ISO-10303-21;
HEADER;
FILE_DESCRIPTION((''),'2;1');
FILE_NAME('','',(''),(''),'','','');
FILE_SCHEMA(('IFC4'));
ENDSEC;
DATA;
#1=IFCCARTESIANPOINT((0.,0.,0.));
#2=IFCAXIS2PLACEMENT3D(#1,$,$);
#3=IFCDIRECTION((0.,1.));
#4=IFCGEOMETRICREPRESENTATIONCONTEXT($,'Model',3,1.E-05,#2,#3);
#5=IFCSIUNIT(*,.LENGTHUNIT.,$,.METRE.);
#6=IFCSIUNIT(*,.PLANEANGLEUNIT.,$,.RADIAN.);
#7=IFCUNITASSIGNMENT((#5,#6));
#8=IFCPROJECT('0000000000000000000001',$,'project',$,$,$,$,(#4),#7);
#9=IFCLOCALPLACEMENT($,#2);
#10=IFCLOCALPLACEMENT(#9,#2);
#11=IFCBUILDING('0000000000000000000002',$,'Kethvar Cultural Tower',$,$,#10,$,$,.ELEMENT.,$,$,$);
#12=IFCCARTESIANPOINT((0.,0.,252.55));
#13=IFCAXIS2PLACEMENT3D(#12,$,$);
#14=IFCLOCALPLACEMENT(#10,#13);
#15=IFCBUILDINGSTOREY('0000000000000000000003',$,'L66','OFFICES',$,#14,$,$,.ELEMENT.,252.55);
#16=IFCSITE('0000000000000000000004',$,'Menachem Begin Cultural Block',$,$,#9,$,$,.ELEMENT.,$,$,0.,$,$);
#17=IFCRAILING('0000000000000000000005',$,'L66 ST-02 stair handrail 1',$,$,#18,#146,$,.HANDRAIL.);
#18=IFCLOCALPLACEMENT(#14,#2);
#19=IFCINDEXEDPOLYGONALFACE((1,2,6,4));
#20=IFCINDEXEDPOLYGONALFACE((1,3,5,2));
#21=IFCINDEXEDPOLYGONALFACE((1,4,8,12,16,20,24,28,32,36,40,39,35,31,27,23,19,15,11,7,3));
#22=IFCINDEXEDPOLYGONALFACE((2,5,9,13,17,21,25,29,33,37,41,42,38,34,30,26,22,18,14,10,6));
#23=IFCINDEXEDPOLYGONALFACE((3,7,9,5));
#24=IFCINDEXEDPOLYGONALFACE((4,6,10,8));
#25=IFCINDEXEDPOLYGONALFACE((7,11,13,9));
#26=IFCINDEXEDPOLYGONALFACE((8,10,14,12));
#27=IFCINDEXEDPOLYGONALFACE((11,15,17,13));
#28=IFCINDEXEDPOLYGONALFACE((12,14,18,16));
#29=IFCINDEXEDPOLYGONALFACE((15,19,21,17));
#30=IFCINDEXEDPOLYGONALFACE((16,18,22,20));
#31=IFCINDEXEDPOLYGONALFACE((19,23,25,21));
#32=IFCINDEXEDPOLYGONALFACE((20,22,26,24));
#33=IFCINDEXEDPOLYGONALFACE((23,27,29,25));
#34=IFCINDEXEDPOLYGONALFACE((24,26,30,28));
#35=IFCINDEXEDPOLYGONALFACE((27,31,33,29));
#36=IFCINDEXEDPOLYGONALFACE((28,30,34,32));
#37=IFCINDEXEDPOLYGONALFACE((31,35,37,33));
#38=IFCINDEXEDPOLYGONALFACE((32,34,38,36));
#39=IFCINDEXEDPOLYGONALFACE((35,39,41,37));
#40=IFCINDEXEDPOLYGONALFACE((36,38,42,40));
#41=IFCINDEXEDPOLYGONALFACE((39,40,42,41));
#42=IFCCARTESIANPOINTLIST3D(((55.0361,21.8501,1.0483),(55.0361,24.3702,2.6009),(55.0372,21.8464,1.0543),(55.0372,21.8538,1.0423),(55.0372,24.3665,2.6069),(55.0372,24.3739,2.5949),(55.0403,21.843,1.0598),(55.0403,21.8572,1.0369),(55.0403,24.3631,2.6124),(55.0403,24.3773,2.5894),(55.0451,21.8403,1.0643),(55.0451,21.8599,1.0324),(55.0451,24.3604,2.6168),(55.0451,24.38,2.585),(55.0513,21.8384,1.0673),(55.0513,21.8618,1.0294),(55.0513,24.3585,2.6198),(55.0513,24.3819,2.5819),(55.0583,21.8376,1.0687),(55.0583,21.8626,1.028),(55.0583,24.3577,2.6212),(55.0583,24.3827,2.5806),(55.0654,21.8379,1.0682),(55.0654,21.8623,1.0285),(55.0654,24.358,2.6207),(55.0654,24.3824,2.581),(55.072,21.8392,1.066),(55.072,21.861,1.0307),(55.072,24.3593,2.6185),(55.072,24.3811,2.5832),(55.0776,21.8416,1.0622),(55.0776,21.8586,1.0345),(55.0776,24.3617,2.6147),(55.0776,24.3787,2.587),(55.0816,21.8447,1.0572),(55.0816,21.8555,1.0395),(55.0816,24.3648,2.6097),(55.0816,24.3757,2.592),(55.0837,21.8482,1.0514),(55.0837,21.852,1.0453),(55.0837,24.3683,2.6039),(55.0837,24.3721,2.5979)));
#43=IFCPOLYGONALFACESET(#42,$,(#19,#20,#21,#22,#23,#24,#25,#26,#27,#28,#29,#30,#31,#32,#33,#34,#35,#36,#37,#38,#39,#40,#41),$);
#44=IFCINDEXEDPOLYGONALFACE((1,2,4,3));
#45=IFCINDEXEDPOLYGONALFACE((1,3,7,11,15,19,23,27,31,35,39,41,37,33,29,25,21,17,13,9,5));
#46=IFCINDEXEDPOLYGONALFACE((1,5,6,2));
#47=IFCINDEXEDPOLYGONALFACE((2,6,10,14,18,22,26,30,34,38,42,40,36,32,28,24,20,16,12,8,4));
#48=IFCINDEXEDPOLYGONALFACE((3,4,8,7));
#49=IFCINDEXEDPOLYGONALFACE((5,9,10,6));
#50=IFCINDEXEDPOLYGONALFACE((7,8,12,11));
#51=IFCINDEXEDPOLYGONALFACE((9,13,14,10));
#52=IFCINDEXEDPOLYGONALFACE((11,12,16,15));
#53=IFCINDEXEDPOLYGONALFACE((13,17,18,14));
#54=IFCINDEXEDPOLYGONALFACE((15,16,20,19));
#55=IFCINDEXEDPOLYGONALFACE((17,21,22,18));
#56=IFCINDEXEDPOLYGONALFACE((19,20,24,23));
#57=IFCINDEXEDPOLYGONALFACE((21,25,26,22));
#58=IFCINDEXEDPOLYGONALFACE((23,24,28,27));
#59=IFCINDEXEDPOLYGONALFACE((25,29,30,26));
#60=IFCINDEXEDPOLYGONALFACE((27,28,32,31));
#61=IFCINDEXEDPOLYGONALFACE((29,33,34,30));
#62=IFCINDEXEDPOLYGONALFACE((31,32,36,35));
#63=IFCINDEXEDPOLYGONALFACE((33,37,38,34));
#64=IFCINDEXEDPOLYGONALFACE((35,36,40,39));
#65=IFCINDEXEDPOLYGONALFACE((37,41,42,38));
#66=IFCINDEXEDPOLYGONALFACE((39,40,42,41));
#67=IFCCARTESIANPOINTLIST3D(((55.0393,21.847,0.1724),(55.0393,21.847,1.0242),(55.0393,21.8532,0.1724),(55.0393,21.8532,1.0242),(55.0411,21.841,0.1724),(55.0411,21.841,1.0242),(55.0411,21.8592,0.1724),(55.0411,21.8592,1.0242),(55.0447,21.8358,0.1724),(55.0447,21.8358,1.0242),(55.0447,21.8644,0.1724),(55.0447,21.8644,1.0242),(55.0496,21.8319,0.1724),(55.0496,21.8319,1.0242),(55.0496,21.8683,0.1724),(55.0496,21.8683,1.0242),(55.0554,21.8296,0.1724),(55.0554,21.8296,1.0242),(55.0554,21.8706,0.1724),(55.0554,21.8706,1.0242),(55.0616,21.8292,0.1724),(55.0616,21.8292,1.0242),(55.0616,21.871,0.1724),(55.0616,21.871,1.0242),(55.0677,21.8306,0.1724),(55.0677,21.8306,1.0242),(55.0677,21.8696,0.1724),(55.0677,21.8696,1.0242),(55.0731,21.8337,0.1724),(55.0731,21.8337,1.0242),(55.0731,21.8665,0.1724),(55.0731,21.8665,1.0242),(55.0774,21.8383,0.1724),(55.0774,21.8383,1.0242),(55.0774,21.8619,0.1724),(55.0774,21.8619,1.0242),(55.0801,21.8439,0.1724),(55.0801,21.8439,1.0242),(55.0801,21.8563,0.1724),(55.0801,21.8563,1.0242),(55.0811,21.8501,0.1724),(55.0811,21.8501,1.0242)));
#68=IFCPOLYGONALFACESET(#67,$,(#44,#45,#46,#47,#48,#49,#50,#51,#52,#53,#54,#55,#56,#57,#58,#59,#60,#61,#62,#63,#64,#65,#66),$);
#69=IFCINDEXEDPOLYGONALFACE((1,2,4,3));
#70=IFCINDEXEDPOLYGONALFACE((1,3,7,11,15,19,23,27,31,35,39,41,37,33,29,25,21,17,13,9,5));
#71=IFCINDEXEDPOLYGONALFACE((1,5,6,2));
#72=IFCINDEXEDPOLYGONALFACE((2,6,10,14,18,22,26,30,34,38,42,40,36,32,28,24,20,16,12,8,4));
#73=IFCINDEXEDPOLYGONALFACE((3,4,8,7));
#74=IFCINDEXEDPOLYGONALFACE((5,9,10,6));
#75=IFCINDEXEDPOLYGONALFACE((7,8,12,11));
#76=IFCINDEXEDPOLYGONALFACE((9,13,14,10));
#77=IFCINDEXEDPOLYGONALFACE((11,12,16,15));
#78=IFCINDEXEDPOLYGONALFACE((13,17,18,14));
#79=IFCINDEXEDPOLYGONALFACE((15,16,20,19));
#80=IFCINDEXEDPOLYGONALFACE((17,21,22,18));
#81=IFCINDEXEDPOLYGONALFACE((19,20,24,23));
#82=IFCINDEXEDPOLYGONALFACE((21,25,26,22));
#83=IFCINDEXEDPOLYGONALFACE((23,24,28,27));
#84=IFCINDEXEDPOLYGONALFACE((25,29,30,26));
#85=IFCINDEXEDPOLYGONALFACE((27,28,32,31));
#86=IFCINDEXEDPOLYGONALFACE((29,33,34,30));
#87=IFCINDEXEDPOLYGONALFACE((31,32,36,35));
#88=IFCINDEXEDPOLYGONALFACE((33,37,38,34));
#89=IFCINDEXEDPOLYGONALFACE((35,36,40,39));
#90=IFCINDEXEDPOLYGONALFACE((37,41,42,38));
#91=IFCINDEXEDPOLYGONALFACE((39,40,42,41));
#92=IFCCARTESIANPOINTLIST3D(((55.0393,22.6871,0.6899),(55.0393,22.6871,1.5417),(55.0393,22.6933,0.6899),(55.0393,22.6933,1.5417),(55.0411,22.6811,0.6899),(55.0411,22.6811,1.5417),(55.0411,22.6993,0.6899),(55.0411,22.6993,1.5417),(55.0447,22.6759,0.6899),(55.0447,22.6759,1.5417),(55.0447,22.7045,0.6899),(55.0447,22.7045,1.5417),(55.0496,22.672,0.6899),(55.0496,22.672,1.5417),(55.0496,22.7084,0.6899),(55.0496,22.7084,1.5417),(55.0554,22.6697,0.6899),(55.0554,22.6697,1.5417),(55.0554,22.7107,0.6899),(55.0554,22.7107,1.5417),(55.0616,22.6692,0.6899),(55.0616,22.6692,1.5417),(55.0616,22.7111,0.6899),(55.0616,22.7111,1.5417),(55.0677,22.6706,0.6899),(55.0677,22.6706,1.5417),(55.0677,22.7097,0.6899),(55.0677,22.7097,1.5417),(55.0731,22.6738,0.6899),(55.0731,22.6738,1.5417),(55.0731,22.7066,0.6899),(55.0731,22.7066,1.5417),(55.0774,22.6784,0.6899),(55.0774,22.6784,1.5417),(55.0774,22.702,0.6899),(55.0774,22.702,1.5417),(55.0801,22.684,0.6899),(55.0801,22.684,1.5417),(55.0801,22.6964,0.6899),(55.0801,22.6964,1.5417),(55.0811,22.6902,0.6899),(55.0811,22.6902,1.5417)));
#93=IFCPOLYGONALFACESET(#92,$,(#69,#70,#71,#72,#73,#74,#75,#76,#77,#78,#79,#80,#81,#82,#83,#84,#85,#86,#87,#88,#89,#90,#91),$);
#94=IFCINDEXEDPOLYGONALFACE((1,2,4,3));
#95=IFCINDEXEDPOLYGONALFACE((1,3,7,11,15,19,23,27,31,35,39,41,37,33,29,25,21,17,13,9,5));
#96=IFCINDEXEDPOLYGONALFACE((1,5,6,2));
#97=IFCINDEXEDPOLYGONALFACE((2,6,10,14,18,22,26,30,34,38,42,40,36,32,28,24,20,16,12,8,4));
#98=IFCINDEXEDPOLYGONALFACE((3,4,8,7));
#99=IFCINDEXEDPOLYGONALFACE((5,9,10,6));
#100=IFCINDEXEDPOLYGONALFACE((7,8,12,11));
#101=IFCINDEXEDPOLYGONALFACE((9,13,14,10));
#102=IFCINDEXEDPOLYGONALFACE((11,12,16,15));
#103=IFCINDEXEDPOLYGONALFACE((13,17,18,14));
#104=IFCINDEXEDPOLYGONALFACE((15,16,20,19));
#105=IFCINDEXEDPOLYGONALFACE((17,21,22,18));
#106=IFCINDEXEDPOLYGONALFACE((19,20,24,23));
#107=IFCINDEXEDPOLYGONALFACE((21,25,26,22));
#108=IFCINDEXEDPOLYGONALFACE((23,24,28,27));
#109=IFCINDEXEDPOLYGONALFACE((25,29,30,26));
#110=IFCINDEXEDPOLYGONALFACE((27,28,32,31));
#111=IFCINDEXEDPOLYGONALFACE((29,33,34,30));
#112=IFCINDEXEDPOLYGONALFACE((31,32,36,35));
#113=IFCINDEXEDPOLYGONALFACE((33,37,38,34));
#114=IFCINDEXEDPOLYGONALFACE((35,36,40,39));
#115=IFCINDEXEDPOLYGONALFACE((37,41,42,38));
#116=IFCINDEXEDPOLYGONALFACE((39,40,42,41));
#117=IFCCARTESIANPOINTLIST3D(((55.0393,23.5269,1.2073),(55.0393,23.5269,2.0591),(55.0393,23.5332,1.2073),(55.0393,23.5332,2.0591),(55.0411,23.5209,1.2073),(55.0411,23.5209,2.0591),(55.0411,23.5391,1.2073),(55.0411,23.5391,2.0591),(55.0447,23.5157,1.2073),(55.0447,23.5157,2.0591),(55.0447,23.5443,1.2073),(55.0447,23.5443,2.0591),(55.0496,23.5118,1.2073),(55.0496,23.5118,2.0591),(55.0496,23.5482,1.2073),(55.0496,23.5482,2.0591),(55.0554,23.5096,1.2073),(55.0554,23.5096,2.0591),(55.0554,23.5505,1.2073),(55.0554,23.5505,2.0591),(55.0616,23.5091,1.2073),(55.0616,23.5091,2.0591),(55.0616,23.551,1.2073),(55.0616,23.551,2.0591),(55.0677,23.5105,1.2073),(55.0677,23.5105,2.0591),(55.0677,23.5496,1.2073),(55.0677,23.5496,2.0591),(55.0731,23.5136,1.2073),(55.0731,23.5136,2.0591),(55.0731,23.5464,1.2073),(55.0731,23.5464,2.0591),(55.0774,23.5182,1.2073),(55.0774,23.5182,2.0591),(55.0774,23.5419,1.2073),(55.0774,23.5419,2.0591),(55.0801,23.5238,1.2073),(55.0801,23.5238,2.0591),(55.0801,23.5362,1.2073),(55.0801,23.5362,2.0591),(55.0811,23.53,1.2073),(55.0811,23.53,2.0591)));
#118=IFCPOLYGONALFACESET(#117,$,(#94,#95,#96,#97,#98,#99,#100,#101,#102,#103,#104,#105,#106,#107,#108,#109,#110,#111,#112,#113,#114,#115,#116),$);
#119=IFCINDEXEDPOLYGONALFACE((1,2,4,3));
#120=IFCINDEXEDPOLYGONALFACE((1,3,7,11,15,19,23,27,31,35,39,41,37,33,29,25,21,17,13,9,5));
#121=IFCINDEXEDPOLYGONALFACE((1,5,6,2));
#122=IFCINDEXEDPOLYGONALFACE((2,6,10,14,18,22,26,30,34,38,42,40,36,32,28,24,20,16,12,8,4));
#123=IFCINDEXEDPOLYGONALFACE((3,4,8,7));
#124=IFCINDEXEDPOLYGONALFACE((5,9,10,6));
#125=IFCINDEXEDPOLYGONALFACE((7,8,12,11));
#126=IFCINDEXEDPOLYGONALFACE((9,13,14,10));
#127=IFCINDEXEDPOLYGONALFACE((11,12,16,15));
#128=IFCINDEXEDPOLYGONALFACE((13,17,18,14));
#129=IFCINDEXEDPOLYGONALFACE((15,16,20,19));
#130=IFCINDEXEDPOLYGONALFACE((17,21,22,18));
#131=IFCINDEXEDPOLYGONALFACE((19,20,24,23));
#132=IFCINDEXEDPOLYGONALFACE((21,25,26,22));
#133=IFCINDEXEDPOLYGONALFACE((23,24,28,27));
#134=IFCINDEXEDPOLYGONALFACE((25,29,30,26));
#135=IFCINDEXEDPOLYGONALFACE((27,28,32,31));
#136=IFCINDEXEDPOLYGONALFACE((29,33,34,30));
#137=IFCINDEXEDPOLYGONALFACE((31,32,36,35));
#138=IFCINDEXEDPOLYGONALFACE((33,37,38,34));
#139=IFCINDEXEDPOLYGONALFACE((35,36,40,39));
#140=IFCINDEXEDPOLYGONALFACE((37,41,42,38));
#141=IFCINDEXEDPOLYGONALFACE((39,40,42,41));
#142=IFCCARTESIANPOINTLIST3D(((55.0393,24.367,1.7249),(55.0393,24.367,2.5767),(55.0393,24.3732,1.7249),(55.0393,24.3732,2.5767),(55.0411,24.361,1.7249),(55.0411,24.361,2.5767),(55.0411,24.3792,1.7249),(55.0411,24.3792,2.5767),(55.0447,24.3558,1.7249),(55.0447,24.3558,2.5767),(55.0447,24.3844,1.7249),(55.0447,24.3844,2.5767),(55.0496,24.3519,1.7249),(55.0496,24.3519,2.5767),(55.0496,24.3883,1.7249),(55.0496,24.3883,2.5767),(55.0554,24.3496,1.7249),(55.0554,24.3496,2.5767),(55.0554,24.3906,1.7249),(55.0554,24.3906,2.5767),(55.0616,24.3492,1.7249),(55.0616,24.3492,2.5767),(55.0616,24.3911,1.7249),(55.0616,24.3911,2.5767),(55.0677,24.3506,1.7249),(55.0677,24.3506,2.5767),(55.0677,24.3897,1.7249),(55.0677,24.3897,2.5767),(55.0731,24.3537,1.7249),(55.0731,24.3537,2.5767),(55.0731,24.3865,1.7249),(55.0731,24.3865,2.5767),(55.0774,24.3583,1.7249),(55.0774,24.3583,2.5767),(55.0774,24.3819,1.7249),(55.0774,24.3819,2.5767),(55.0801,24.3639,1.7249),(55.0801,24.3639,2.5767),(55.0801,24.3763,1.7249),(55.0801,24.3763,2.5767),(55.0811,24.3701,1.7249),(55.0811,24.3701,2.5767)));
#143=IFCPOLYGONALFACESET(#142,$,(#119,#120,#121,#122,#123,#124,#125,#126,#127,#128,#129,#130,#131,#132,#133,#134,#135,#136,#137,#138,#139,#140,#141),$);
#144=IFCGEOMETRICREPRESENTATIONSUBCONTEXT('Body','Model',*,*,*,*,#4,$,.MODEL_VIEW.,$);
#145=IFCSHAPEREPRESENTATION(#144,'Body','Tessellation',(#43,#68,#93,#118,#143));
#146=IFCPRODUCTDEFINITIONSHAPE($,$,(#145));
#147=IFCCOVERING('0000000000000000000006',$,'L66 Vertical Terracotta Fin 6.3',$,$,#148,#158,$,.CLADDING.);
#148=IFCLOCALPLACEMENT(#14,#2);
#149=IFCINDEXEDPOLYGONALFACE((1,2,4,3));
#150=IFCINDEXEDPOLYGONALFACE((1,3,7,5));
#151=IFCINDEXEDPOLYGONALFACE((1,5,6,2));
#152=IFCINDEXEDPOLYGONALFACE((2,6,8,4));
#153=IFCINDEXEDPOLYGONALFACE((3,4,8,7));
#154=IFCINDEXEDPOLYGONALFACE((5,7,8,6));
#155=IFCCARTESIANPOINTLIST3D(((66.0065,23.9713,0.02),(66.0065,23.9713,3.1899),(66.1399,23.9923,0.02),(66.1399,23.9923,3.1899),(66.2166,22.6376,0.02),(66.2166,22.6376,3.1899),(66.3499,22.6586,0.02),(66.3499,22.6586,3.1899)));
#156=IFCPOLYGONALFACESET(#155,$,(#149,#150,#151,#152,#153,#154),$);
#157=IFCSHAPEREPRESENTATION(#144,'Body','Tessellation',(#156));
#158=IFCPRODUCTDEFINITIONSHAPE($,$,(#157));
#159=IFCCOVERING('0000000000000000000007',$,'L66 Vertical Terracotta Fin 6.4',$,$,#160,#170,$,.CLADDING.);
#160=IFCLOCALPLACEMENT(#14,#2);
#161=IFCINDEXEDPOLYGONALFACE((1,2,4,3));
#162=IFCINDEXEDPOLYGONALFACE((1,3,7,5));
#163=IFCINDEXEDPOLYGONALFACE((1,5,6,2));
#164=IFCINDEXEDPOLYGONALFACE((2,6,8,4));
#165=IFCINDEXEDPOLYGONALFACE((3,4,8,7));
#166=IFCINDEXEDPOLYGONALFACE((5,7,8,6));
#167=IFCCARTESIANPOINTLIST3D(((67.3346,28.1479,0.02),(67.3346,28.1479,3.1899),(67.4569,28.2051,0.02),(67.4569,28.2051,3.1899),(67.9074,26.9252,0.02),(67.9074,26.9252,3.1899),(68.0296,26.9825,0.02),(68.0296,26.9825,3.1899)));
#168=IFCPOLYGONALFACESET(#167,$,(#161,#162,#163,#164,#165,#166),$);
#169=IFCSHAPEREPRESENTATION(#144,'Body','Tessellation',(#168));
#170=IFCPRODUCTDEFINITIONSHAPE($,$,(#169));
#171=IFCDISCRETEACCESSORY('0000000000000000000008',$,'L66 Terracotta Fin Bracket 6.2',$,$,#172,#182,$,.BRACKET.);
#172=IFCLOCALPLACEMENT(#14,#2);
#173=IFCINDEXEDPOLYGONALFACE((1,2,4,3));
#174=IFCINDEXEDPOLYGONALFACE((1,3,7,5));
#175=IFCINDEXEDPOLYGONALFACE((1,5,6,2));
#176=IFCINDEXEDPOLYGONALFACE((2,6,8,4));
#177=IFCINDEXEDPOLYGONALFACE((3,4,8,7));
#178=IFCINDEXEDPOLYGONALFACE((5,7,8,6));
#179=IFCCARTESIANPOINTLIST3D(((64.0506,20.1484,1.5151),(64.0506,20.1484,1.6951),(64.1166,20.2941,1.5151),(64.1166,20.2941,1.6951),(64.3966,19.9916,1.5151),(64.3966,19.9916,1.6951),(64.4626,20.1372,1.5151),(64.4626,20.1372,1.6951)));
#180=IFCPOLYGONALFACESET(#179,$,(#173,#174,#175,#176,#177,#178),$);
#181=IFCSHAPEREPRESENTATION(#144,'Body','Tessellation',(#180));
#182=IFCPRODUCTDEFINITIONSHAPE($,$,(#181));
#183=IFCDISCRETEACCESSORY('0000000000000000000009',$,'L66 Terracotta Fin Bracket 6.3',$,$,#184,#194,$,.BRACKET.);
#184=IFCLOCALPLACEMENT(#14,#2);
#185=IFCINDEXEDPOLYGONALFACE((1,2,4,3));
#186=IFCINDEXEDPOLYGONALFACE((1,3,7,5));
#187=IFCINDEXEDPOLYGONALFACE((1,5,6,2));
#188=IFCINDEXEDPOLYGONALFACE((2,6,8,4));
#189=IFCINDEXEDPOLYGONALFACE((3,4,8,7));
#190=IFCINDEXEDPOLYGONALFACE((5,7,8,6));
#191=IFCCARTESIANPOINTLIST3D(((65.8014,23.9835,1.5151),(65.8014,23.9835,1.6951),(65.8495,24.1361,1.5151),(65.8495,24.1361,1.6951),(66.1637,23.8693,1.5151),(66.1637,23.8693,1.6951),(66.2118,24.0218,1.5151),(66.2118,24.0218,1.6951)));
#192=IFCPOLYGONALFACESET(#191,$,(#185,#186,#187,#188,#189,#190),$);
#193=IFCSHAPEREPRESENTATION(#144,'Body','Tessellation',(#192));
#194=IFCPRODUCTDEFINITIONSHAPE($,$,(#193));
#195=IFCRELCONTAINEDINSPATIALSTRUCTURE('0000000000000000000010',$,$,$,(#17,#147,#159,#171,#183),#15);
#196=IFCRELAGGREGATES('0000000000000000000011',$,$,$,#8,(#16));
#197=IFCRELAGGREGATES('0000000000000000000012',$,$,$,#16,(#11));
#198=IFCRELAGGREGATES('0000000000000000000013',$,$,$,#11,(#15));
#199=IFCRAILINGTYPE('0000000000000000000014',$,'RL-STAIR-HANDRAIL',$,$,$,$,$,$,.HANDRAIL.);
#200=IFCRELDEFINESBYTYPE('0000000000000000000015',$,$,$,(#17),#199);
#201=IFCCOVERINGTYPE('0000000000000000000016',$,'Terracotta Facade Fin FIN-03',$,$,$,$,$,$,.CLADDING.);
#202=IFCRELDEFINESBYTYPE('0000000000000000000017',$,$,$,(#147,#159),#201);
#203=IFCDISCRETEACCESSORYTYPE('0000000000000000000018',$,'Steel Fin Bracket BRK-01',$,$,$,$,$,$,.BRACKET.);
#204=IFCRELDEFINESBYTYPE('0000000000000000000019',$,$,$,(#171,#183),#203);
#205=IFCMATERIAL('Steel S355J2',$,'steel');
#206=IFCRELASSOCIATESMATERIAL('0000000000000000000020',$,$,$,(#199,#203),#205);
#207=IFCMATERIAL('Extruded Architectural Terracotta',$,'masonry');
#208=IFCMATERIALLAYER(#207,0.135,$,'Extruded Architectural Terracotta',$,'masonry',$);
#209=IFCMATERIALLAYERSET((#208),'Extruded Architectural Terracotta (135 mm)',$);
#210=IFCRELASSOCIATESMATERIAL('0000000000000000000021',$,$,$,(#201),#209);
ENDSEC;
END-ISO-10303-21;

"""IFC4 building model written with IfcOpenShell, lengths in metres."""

from ifc_helpers import new_model, si_unit, direction, frame, origin, origin_2d, place, context, subcontext, project, spatial, rectangle, circle, extrude, source, transform, mapped, material, layer, layer_set, type_object, element, save


model = new_model("IFC4")

# Units and contexts
model_context = context("Model", 3, precision=1e-05, world=origin(), true_north=direction((0.0, 1.0)))
body_context = subcontext(model_context, "Body", "Model", "MODEL_VIEW")
ifc_project = project(units=[si_unit("LENGTHUNIT", "METRE"), si_unit("PLANEANGLEUNIT", "RADIAN")], contexts=[model_context])

# Site, building, storey
site_placement = place(None, origin())
site = spatial("IfcSite", under=ifc_project, at=site_placement, Name="Menachem Begin Cultural Block", CompositionType="ELEMENT", RefElevation=0.0)
building_placement = place(site_placement, origin())
building = spatial("IfcBuilding", under=site, at=building_placement, Name="Kethvar Cultural Tower", CompositionType="ELEMENT")
storey_placement = place(building_placement, frame((0.0, 0.0, 252.55)))
storey = spatial("IfcBuildingStorey", under=building, at=storey_placement, Name="L66", Description="OFFICES", CompositionType="ELEMENT", Elevation=252.55)

# Shared definitions
ifc_material_1 = material(Name="Steel S355J2", Category="steel")

# Railing
railing_type = type_object("IfcRailingType", Name="RL-STAIR-HANDRAIL", PredefinedType="HANDRAIL", material=ifc_material_1)
railing_placement = place(storey_placement, frame((55.0601, 21.8501, 0.1724)))
element("IfcRailing", 1, at=railing_placement, inside=storey, type_object=railing_type, Name="L66 ST-02 stair handrail 1", PredefinedType="HANDRAIL", context=body_context, shape_type="SweptSolid", body=[
    extrude(circle(Radius=0.0239, at=origin_2d()), frame((0.0, 0.0, 0.876), z_axis=(0.0, 0.8514, 0.524516), x_axis=(-1.0, 0.0, 0.0)), (0.0, 0.0, 1.0), 2.96),
    extrude(circle(Radius=0.021, at=origin_2d()), origin(), (0.0, 0.0, 1.0), 0.8518),
    extrude(circle(Radius=0.021, at=origin_2d()), frame((0.0, 0.8401, 0.5176)), (0.0, 0.0, 1.0), 0.8518),
    extrude(circle(Radius=0.021, at=origin_2d()), frame((0.0, 1.6799, 1.0349)), (0.0, 0.0, 1.0), 0.8518),
    extrude(circle(Radius=0.021, at=origin_2d()), frame((0.0, 2.52, 1.5525)), (0.0, 0.0, 1.0), 0.8518),
])

# Coverings
ifc_material_2 = material(Name="Extruded Architectural Terracotta", Category="masonry")
ifc_layer_1 = layer(ifc_material_2, 0.135, Name="Extruded Architectural Terracotta", Category="masonry")
ifc_layer_set_1 = layer_set([ifc_layer_1], Name="Extruded Architectural Terracotta (135 mm)")
covering_type = type_object("IfcCoveringType", Name="Terracotta Facade Fin FIN-03", PredefinedType="CLADDING", material=ifc_layer_set_1)
shared_shape_1 = source(origin(), body_context, "Body", "SweptSolid", [
    extrude(rectangle(XDim=1.3501, YDim=0.135, at=origin_2d()), origin(), (0.0, 0.0, 1.0), 3.1699),
])
for number, where, z_axis, x_axis, name in (
    (2, (66.1782, 23.3149, 0.02), (0.0, 0.0, 1.0), (0.155572, -0.987824, 0.0), "L66 Vertical Terracotta Fin 6.3"),
    (3, (67.6821, 27.5652, 0.02), (0.0, 0.0, 1.0), (0.424199, -0.905569, 0.0), "L66 Vertical Terracotta Fin 6.4"),
):
    element("IfcCovering", number, at=place(storey_placement, frame(where, z_axis=z_axis, x_axis=x_axis)), inside=storey, type_object=covering_type, Name=name, PredefinedType="CLADDING", context=body_context, shape_type="MappedRepresentation", body=[
        mapped(shared_shape_1, transform((0.0, 0.0, 0.0), scale=1.0)),
    ])

# Discrete accessories
discrete_accessory_type = type_object("IfcDiscreteAccessoryType", Name="Steel Fin Bracket BRK-01", PredefinedType="BRACKET", material=ifc_material_1)
shared_shape_2 = source(origin(), body_context, "Body", "SweptSolid", [
    extrude(rectangle(XDim=0.3799, YDim=0.1599, at=origin_2d()), origin(), (0.0, 0.0, 1.0), 0.1799),
])
for number, where, z_axis, x_axis, name in (
    (4, (64.2566, 20.1428, 1.5151), (0.0, 0.0, 1.0), (0.910756, -0.412945, 0.0), "L66 Terracotta Fin Bracket 6.2"),
    (5, (66.0066, 24.0027, 1.5151), (0.0, 0.0, 1.0), (0.953717, -0.300706, 0.0), "L66 Terracotta Fin Bracket 6.3"),
):
    element("IfcDiscreteAccessory", number, at=place(storey_placement, frame(where, z_axis=z_axis, x_axis=x_axis)), inside=storey, type_object=discrete_accessory_type, Name=name, PredefinedType="BRACKET", context=body_context, shape_type="MappedRepresentation", body=[
        mapped(shared_shape_2, transform((0.0, 0.0, 0.0), scale=1.0)),
    ])

save(model, "model.ifc")
